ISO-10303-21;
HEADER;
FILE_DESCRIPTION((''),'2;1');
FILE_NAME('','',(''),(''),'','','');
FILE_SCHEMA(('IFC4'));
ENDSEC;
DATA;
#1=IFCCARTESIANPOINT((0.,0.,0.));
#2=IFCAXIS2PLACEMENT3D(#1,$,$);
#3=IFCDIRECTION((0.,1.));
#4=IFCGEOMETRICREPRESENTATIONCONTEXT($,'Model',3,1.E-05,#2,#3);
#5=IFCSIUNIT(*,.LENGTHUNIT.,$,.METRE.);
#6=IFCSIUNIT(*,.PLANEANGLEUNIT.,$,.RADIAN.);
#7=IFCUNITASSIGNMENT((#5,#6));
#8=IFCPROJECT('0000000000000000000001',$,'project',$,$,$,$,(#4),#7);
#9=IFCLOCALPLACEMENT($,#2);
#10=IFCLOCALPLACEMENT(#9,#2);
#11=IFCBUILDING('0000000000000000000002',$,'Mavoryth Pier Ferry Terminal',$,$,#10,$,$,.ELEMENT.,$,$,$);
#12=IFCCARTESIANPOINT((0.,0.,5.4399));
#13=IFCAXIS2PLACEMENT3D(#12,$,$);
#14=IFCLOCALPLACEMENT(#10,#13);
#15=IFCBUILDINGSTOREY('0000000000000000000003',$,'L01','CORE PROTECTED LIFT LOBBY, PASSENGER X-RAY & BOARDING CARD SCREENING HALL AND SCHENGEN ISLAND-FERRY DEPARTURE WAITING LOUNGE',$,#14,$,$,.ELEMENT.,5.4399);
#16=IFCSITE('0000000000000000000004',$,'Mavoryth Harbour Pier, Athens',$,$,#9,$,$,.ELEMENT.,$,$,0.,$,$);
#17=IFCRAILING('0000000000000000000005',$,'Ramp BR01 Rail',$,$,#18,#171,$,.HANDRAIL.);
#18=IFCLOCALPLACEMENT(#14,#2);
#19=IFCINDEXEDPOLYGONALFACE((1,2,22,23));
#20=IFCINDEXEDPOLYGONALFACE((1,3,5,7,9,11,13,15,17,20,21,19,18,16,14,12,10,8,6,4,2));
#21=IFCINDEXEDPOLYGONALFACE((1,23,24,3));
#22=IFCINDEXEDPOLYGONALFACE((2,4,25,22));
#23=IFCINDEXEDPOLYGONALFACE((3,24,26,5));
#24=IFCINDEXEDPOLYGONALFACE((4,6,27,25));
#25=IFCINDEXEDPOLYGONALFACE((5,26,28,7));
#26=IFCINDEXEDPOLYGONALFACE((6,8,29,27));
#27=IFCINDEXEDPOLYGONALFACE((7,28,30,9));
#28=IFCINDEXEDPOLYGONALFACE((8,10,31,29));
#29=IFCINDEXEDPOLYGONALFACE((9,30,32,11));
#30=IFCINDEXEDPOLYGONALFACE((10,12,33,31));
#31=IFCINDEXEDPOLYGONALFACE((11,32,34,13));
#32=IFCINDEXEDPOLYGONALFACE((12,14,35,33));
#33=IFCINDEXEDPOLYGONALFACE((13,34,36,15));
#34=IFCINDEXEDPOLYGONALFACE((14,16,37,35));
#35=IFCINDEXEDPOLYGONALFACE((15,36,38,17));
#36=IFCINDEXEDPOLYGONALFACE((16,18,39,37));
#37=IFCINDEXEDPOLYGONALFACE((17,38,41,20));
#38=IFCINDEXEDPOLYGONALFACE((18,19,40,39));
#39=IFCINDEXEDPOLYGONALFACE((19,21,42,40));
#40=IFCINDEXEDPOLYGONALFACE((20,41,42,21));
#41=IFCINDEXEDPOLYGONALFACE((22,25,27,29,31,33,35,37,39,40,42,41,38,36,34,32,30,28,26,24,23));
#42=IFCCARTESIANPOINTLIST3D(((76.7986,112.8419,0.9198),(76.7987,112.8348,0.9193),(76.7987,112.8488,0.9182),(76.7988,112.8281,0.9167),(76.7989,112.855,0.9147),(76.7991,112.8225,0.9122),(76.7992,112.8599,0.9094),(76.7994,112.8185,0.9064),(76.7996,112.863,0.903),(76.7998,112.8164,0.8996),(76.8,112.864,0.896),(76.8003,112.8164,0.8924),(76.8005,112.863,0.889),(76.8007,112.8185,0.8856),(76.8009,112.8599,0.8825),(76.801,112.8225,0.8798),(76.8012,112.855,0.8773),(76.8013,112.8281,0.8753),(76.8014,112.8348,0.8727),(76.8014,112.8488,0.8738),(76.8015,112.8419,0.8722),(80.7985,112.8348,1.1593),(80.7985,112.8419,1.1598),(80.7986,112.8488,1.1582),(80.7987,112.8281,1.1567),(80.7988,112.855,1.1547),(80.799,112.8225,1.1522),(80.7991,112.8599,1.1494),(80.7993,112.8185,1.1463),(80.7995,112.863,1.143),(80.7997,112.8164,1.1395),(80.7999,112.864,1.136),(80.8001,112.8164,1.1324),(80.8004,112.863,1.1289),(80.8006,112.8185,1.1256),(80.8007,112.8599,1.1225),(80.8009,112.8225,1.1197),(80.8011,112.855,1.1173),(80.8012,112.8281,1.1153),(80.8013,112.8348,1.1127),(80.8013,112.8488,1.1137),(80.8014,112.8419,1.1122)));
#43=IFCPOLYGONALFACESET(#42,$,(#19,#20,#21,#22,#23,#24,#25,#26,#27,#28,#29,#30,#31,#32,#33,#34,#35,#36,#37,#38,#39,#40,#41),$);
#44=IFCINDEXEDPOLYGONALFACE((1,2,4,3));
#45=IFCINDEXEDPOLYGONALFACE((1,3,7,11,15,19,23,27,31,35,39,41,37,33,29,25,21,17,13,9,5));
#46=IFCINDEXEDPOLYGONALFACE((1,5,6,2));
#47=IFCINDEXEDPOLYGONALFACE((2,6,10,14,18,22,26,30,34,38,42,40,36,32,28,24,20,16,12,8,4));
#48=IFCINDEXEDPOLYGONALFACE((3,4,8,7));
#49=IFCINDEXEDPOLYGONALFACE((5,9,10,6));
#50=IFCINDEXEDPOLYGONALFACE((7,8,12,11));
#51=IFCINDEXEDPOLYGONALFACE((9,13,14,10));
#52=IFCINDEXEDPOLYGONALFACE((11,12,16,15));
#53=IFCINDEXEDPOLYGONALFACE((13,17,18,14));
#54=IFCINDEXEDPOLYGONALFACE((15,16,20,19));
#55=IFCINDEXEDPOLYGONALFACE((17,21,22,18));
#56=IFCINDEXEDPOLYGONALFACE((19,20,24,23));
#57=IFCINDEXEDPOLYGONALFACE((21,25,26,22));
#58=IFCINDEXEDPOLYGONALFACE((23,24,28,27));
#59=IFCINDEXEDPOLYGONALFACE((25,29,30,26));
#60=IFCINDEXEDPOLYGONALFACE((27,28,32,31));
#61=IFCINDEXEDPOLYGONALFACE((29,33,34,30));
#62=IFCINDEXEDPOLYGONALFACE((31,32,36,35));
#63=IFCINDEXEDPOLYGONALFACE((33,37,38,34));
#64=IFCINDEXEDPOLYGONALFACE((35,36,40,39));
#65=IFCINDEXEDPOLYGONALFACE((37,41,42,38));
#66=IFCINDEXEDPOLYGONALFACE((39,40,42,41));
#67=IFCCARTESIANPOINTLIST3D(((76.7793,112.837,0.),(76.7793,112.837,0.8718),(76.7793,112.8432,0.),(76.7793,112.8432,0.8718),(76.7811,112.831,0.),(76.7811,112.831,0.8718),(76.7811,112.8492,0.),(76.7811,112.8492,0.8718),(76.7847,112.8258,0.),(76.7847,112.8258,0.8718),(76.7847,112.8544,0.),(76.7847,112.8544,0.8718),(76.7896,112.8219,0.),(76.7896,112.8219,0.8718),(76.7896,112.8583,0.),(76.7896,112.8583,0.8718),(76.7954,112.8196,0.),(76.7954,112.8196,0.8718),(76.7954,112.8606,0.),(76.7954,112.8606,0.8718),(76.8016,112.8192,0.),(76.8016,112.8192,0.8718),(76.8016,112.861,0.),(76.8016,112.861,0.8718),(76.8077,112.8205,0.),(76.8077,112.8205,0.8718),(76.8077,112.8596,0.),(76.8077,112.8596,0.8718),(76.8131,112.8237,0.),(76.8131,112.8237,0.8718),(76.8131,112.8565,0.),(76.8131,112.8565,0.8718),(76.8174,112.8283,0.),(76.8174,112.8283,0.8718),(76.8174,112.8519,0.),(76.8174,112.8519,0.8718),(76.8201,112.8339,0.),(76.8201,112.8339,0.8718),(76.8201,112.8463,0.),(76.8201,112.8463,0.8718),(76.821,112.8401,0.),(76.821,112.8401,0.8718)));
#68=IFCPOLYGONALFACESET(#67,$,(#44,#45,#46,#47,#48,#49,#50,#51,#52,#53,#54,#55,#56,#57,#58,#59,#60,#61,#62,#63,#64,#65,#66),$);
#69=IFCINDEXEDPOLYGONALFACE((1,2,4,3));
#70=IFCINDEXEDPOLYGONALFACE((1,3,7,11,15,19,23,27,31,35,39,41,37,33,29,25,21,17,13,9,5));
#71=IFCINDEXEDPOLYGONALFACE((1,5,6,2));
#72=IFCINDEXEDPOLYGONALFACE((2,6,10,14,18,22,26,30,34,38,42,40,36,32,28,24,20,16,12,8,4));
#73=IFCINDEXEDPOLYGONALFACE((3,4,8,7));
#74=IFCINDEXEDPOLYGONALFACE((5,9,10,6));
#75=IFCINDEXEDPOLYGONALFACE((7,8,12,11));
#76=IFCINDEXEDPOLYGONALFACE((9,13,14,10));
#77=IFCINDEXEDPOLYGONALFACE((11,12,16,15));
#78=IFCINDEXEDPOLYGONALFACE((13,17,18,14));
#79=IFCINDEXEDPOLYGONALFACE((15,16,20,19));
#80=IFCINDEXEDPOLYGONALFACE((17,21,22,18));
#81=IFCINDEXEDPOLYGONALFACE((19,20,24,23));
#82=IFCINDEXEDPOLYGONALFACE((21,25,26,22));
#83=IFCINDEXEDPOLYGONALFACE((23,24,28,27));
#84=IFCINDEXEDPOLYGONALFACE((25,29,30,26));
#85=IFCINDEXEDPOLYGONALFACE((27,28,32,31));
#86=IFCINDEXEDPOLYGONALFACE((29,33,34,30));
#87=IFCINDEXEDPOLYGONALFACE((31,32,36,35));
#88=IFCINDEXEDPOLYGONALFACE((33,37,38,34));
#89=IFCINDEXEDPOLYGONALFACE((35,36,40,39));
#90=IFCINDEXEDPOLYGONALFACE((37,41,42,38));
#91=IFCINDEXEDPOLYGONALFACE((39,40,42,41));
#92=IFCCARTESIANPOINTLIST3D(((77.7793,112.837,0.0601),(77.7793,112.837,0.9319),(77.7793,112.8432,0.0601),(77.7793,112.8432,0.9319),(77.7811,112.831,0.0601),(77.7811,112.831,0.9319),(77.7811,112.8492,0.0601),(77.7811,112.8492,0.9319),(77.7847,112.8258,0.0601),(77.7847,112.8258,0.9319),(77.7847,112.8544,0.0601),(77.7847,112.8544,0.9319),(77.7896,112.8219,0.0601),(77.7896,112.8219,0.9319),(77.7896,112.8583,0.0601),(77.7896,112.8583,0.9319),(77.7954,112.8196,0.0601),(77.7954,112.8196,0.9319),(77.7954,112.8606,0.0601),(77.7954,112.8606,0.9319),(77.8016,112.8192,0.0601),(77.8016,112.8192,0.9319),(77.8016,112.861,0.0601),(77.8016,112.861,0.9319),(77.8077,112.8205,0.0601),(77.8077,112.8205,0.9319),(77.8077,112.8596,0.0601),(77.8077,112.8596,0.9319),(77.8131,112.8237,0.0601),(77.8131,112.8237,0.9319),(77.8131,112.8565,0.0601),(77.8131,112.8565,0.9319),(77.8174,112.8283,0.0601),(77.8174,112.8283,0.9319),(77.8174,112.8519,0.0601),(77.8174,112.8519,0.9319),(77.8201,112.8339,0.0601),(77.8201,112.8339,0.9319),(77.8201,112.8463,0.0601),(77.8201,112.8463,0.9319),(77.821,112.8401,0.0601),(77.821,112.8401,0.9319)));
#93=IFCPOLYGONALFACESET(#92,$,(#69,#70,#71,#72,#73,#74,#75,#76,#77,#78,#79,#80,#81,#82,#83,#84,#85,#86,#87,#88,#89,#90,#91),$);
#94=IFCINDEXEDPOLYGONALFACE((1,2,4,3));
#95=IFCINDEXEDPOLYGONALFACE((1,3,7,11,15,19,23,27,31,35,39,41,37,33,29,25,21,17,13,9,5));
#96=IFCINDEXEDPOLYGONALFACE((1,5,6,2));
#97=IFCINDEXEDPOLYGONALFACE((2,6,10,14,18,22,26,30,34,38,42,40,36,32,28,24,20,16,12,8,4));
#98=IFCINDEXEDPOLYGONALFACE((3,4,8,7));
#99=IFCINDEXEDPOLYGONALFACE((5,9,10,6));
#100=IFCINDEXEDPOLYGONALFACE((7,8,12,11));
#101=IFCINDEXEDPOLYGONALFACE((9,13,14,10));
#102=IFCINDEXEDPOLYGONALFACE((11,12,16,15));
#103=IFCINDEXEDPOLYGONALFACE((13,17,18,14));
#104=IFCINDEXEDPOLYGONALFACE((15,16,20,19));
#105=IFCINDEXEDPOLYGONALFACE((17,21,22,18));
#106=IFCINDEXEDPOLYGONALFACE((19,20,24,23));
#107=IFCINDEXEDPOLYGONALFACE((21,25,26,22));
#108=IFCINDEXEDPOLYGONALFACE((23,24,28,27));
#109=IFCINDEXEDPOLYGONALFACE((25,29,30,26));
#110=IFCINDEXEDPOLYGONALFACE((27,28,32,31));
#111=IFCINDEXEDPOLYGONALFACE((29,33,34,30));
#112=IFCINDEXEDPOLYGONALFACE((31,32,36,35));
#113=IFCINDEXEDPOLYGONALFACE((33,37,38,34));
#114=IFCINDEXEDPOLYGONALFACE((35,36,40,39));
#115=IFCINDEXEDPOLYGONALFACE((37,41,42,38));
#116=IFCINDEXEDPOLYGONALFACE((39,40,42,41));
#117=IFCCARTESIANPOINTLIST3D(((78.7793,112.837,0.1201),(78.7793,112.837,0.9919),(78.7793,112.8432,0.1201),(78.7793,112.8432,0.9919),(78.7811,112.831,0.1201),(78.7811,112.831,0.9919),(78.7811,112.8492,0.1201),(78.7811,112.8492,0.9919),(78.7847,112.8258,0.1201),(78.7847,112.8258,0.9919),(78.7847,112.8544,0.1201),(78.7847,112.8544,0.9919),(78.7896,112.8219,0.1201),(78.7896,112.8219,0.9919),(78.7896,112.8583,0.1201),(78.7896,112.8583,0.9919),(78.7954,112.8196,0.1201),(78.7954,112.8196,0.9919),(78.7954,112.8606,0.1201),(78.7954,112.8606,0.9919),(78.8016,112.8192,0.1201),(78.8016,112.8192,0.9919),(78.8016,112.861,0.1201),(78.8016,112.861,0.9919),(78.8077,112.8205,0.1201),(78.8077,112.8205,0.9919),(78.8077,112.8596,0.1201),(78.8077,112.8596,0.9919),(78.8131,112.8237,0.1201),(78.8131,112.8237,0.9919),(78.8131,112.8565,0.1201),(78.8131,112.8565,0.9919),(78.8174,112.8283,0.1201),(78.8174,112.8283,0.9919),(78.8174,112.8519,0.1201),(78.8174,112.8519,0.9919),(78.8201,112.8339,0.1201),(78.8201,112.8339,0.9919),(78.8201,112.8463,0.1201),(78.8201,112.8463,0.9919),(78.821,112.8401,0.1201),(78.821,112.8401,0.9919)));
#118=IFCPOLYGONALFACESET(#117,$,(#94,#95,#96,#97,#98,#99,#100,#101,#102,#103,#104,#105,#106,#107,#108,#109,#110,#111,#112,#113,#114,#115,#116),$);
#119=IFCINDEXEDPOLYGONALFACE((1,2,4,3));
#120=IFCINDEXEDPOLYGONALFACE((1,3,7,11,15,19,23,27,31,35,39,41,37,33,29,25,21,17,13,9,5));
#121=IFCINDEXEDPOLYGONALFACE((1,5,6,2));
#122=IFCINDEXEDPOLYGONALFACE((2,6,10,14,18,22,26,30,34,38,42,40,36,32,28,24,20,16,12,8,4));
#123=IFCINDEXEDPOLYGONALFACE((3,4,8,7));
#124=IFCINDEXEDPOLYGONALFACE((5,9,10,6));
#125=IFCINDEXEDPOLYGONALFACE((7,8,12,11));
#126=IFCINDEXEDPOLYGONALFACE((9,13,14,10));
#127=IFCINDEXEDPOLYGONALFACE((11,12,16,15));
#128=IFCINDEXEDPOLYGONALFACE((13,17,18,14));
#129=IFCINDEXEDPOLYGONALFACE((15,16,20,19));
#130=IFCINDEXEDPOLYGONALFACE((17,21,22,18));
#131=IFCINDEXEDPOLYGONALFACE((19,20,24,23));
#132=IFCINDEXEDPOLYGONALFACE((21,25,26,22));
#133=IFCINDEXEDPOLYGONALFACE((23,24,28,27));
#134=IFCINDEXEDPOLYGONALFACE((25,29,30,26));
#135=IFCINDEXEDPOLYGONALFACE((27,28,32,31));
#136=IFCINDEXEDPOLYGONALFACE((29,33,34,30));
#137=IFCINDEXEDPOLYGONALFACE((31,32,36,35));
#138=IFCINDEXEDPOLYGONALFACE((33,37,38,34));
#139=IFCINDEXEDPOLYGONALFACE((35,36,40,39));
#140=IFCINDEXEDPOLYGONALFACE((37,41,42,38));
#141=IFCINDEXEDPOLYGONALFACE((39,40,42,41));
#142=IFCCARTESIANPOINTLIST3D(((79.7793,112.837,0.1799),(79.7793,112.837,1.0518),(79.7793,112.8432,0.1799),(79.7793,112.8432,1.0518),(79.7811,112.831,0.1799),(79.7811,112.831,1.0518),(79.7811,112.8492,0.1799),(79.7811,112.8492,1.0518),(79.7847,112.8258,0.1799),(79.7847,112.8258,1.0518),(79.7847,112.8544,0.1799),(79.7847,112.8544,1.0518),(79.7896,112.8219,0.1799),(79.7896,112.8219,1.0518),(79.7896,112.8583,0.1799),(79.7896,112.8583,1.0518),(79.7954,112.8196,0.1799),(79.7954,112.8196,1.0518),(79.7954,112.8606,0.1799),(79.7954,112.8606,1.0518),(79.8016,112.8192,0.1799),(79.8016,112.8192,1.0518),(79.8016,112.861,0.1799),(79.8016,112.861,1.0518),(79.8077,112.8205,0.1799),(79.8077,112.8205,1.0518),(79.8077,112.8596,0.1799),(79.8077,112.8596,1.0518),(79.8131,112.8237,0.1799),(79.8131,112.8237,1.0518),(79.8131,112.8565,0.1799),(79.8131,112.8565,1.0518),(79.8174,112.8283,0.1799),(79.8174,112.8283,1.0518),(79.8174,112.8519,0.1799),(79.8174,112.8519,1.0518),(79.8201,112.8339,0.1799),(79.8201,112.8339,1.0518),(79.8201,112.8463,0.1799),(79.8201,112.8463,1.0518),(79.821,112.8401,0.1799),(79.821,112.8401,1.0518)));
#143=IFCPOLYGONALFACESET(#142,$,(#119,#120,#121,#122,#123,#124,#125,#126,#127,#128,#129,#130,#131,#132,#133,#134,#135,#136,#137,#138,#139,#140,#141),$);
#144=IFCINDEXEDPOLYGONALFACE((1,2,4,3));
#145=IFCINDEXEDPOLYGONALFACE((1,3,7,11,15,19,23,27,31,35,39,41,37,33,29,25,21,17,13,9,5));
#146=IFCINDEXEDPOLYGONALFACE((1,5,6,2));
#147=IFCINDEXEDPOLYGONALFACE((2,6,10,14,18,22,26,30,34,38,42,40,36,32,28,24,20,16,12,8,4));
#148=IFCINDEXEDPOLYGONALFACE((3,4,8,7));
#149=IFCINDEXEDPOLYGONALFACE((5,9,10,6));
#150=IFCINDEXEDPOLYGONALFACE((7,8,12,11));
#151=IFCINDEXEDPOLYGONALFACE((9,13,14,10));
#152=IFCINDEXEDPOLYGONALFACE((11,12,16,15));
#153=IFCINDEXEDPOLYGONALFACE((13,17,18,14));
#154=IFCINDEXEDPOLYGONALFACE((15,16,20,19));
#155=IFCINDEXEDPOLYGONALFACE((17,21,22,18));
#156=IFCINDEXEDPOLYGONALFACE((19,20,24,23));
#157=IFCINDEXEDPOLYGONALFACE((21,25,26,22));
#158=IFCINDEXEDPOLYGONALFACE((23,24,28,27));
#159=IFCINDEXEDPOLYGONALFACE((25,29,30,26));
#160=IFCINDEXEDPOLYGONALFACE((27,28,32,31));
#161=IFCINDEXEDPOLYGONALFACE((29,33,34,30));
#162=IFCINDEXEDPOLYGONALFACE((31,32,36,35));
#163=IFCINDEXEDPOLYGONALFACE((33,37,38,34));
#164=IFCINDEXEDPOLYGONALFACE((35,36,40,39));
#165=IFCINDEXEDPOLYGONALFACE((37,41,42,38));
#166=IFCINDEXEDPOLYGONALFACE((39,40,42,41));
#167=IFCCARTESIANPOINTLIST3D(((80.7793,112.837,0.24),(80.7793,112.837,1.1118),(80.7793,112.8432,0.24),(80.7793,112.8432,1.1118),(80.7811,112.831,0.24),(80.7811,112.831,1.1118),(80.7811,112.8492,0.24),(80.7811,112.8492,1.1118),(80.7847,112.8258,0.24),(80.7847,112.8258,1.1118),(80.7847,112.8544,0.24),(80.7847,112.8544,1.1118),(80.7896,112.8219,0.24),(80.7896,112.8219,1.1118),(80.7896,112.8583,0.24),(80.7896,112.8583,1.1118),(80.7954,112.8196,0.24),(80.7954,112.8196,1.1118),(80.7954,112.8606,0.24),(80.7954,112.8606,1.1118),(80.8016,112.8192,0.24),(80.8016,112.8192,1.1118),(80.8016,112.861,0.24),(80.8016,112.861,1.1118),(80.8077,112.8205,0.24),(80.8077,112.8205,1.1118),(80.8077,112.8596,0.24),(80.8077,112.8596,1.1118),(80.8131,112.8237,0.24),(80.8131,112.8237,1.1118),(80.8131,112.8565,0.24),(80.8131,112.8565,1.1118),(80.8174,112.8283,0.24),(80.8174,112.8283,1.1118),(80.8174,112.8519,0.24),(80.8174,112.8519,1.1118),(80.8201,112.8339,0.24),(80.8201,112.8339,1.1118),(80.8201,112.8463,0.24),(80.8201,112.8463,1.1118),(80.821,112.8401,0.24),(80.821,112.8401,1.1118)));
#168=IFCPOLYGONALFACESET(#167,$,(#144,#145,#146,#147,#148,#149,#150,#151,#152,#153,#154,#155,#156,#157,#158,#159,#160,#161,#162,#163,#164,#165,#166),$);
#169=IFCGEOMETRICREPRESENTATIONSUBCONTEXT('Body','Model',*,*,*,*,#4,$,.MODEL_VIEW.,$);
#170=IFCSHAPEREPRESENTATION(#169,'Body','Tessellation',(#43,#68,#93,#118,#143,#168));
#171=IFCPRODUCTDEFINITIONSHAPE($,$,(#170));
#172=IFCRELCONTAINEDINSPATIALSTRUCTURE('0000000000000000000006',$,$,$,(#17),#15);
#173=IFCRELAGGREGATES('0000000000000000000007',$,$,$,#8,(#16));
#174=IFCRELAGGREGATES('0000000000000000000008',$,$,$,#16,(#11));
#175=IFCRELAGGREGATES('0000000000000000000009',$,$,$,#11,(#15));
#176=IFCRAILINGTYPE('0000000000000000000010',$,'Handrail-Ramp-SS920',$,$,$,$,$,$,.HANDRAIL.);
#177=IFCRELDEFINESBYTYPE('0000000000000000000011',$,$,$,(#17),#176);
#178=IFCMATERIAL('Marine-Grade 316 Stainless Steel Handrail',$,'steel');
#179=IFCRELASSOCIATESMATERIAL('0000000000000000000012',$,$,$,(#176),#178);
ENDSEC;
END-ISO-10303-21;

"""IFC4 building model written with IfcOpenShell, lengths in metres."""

from ifc_helpers import new_model, si_unit, direction, frame, origin, origin_2d, place, context, subcontext, project, spatial, circle, extrude, material, type_object, element, save


model = new_model("IFC4")

# Units and contexts
model_context = context("Model", 3, precision=1e-05, world=origin(), true_north=direction((0.0, 1.0)))
body_context = subcontext(model_context, "Body", "Model", "MODEL_VIEW")
ifc_project = project(units=[si_unit("LENGTHUNIT", "METRE"), si_unit("PLANEANGLEUNIT", "RADIAN")], contexts=[model_context])

# Site, building, storey
site_placement = place(None, origin())
site = spatial("IfcSite", under=ifc_project, at=site_placement, Name="Mavoryth Harbour Pier, Athens", CompositionType="ELEMENT", RefElevation=0.0)
building_placement = place(site_placement, origin())
building = spatial("IfcBuilding", under=site, at=building_placement, Name="Mavoryth Pier Ferry Terminal", CompositionType="ELEMENT")
storey_placement = place(building_placement, frame((0.0, 0.0, 5.4399)))
storey = spatial("IfcBuildingStorey", under=building, at=storey_placement, Name="L01", Description="CORE PROTECTED LIFT LOBBY, PASSENGER X-RAY & BOARDING CARD SCREENING HALL AND SCHENGEN ISLAND-FERRY DEPARTURE WAITING LOUNGE", CompositionType="ELEMENT", Elevation=5.4399)

# Railing
ifc_material_1 = material(Name="Marine-Grade 316 Stainless Steel Handrail", Category="steel")
railing_type = type_object("IfcRailingType", Name="Handrail-Ramp-SS920", PredefinedType="HANDRAIL", material=ifc_material_1)
railing_placement = place(storey_placement, frame((76.8, 112.8401, 0.0)))
element("IfcRailing", 1, at=railing_placement, inside=storey, type_object=railing_type, Name="Ramp BR01 Rail", PredefinedType="HANDRAIL", context=body_context, shape_type="SweptSolid", body=[
    extrude(circle(Radius=0.0239, at=origin_2d()), frame((0.0, 0.0, 0.896), z_axis=(0.998205, 0.0, 0.05989), x_axis=(0.0, 1.0, 0.0)), (0.0, 0.0, 1.0), 4.0071),
    extrude(circle(Radius=0.021, at=origin_2d()), origin(), (0.0, 0.0, 1.0), 0.8718),
    extrude(circle(Radius=0.021, at=origin_2d()), frame((1.0, 0.0, 0.0601)), (0.0, 0.0, 1.0), 0.8718),
    extrude(circle(Radius=0.021, at=origin_2d()), frame((2.0, 0.0, 0.1201)), (0.0, 0.0, 1.0), 0.8718),
    extrude(circle(Radius=0.021, at=origin_2d()), frame((3.0, 0.0, 0.1799)), (0.0, 0.0, 1.0), 0.8718),
    extrude(circle(Radius=0.021, at=origin_2d()), frame((4.0, 0.0, 0.24)), (0.0, 0.0, 1.0), 0.8718),
])

save(model, "model.ifc")
